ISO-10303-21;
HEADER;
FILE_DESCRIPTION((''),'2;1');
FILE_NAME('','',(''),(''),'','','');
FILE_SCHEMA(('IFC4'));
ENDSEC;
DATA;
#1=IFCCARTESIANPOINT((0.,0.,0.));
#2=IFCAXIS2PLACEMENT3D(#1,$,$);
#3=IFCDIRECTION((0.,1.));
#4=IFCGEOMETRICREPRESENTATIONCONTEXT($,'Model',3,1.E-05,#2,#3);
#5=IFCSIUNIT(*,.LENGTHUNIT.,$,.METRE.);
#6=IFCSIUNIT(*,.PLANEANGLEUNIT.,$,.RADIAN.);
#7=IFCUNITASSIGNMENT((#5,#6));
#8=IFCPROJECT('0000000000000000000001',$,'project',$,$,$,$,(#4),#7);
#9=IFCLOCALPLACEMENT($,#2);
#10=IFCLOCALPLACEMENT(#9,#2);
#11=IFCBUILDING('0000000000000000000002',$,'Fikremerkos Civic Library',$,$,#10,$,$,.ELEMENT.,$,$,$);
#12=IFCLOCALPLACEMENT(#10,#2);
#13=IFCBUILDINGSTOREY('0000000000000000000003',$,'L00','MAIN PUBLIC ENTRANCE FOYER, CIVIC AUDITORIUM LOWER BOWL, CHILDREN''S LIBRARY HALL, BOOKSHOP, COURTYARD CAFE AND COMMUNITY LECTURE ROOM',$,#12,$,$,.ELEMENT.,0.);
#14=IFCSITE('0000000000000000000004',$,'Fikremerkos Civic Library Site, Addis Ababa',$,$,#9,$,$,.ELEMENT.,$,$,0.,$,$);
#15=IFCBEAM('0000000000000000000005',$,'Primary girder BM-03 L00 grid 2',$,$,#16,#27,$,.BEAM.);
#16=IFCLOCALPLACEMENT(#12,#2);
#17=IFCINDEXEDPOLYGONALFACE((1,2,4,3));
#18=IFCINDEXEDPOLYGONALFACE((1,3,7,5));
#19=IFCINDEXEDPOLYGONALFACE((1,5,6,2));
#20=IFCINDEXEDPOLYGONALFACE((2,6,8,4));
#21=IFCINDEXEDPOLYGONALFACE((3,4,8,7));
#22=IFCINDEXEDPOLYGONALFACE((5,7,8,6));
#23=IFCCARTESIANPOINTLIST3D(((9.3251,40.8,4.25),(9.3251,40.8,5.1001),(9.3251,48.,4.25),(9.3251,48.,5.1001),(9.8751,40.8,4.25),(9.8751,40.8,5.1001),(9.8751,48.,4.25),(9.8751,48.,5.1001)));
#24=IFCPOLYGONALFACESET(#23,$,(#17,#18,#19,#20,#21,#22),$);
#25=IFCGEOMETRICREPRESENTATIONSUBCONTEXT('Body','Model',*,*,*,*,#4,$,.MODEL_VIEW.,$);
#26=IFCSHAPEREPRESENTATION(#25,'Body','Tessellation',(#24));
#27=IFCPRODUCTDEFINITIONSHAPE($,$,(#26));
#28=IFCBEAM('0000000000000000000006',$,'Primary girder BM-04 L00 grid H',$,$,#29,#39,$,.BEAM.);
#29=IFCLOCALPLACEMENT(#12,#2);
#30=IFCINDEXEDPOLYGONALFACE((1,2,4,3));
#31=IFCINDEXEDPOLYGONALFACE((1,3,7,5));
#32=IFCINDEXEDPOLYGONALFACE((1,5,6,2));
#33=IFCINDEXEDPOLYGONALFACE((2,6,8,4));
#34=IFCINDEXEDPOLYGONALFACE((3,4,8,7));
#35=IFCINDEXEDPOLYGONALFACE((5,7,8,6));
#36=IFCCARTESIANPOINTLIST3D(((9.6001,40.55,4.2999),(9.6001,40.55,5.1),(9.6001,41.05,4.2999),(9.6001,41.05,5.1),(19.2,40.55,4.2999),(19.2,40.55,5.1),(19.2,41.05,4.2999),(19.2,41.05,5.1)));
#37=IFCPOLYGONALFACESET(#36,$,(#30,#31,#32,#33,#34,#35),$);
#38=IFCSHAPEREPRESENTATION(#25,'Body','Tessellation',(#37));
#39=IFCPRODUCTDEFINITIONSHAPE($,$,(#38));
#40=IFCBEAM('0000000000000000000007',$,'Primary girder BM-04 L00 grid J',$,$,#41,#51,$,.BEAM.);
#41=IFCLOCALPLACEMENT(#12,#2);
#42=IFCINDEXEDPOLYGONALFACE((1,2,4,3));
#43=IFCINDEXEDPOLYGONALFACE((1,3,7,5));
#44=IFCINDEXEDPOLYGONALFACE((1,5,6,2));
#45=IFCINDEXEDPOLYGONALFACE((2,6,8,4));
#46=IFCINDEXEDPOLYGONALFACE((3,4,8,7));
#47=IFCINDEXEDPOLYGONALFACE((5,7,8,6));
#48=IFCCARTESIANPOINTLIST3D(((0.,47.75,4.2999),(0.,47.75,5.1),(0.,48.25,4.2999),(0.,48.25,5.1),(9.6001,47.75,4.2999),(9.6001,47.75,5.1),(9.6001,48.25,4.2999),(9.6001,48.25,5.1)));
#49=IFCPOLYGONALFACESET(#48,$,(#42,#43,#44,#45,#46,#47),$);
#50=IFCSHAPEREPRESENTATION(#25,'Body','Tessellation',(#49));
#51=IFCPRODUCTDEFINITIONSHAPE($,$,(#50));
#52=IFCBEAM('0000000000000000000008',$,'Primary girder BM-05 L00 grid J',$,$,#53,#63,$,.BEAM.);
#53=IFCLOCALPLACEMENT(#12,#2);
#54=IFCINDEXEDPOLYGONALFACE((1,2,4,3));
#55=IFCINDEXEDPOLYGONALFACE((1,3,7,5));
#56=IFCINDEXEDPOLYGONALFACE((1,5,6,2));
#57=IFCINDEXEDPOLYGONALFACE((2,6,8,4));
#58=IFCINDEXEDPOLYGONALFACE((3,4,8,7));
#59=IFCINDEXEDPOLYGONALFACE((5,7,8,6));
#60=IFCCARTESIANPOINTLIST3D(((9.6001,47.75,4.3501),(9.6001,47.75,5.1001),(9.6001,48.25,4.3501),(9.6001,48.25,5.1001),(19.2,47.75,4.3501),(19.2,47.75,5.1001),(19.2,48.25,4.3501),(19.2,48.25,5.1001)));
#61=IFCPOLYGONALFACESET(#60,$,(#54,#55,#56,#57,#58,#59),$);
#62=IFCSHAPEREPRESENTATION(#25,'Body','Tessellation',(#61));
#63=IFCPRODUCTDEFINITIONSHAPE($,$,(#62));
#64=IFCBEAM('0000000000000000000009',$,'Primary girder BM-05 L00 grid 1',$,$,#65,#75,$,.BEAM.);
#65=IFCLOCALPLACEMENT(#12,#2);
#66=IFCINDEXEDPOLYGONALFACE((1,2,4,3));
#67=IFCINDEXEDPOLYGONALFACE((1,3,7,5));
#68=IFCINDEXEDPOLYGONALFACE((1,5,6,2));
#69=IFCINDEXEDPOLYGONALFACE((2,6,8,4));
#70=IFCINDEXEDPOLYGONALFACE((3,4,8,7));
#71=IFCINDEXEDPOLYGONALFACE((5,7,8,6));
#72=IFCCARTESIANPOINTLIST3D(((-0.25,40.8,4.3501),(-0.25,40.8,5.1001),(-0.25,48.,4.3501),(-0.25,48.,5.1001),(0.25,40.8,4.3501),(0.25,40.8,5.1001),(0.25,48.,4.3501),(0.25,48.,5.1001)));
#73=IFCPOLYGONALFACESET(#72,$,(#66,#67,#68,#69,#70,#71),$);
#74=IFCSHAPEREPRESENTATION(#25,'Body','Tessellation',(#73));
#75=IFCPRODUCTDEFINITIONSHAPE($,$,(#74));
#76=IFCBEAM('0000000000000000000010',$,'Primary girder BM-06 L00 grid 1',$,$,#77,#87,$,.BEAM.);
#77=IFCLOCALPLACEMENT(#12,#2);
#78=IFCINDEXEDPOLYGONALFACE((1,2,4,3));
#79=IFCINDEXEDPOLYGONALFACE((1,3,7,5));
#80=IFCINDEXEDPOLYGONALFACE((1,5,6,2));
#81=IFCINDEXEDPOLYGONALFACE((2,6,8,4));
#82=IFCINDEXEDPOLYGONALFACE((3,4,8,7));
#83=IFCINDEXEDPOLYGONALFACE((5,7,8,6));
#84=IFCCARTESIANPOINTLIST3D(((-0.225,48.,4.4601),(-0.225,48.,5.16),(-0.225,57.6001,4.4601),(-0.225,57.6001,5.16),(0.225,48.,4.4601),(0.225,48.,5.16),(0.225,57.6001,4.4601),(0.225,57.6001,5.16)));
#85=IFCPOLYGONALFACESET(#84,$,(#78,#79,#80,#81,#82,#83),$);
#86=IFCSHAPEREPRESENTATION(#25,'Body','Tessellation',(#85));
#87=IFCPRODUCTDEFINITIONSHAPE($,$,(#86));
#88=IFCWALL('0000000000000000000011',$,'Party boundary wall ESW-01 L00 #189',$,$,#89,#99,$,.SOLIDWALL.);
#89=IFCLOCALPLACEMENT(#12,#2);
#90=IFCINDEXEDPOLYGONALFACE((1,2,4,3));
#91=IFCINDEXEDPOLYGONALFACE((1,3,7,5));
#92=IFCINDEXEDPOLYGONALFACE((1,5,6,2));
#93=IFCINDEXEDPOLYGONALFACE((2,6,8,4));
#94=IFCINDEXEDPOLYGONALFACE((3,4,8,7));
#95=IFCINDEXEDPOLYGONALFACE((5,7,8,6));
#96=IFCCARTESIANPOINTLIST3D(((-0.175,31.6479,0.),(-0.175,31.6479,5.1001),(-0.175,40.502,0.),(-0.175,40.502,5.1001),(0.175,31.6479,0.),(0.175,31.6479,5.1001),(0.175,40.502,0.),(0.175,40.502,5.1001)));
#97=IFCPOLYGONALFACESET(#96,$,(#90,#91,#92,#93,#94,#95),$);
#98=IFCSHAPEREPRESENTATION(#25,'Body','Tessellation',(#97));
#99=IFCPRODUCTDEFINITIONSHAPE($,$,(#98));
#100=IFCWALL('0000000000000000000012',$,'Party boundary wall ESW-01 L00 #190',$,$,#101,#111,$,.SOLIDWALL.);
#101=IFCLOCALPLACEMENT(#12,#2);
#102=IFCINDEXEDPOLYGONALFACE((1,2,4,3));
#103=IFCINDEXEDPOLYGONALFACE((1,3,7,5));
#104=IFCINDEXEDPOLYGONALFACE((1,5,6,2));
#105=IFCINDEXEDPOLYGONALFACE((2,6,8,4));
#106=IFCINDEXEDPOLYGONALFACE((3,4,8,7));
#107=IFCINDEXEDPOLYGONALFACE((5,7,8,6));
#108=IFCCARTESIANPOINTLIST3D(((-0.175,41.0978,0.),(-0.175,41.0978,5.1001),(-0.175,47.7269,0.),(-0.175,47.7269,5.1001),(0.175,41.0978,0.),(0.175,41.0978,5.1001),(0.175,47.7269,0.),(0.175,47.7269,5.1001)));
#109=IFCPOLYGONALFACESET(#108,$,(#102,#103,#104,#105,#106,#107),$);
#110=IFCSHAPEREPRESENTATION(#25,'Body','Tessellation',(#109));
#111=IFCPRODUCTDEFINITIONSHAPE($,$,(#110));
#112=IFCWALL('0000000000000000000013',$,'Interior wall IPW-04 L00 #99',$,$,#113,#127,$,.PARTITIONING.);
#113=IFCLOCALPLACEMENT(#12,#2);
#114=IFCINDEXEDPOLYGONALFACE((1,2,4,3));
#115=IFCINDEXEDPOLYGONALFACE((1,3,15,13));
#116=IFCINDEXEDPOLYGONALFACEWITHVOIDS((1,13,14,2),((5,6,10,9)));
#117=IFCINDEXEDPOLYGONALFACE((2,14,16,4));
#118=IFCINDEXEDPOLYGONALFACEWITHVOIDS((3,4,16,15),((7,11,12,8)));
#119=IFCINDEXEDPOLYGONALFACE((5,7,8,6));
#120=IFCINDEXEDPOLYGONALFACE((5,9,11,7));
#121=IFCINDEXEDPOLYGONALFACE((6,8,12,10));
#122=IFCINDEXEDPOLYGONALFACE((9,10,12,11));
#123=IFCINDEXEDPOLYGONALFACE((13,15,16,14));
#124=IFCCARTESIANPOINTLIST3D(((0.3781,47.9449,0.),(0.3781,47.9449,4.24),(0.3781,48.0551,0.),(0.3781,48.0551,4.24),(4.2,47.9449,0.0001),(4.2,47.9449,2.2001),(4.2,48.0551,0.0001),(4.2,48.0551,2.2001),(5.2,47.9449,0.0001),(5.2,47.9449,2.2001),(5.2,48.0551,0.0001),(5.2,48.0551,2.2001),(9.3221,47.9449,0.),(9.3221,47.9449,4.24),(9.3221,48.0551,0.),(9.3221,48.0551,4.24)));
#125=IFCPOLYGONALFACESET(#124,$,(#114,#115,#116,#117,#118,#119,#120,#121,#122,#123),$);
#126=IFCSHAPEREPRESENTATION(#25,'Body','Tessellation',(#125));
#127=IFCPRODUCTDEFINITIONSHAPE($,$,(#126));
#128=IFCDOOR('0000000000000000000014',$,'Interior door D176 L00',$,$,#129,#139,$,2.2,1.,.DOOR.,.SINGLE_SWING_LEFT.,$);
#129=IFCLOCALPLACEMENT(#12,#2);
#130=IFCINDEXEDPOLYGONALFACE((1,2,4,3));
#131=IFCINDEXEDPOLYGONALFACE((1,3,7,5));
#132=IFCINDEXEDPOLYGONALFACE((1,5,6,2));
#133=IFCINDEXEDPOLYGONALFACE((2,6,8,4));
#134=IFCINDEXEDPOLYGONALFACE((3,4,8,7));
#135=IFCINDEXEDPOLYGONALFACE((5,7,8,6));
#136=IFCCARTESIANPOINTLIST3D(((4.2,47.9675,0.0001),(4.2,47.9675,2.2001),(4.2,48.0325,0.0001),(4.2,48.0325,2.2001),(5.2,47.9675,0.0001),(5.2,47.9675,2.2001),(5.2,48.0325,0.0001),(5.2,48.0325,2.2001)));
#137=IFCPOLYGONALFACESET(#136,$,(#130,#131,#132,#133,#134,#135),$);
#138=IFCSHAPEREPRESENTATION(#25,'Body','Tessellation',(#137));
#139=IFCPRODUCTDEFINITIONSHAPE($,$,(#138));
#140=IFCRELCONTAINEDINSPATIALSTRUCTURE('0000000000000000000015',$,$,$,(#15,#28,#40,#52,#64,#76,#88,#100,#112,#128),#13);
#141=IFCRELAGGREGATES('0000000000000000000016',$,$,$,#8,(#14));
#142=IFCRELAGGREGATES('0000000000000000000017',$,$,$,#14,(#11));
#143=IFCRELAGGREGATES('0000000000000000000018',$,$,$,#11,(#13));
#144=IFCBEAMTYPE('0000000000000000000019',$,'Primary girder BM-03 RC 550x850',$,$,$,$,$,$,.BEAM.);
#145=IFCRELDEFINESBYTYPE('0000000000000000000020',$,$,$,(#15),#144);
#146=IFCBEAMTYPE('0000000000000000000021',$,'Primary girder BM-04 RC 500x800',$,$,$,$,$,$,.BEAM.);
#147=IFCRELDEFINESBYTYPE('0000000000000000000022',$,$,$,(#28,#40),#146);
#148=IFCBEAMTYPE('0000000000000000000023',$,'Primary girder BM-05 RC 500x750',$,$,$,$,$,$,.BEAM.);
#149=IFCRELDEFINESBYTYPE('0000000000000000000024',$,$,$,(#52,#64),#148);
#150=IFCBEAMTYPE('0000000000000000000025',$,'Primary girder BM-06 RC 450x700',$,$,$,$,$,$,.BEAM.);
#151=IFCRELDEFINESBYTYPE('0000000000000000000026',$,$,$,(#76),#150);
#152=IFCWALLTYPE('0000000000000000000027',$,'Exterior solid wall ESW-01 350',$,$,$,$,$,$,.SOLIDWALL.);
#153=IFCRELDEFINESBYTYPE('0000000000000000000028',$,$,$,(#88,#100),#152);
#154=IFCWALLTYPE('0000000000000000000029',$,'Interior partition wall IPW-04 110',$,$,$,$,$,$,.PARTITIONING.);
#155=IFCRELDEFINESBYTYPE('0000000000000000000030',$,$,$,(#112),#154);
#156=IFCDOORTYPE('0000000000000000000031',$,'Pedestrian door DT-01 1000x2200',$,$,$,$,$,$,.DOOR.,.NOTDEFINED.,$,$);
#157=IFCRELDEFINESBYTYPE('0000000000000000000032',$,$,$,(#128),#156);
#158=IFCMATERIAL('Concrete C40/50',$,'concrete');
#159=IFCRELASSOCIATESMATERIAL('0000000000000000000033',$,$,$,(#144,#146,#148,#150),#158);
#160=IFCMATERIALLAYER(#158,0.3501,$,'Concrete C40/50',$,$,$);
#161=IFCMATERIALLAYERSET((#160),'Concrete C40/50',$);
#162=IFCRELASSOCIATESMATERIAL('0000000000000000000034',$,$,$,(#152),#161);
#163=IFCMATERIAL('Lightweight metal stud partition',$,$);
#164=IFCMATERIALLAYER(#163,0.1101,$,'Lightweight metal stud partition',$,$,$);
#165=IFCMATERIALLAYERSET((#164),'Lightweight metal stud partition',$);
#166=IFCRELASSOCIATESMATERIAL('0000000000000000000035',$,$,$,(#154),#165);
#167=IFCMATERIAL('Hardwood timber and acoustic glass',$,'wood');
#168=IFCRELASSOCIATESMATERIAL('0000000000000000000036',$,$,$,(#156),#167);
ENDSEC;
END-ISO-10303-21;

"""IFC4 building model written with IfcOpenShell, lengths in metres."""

from ifc_helpers import new_model, si_unit, direction, frame, frame_2d, origin, origin_2d, place, context, subcontext, project, spatial, rectangle, extrude, material, layer, layer_set, material_profile, profile_set, type_object, element, fill, save


model = new_model("IFC4")

# Units and contexts
model_context = context("Model", 3, precision=1e-05, world=origin(), true_north=direction((0.0, 1.0)))
body_context = subcontext(model_context, "Body", "Model", "MODEL_VIEW")
ifc_project = project(units=[si_unit("LENGTHUNIT", "METRE"), si_unit("PLANEANGLEUNIT", "RADIAN")], contexts=[model_context])

# Site, building, storey
site_placement = place(None, origin())
site = spatial("IfcSite", under=ifc_project, at=site_placement, Name="Fikremerkos Civic Library Site, Addis Ababa", CompositionType="ELEMENT", RefElevation=0.0)
building_placement = place(site_placement, origin())
building = spatial("IfcBuilding", under=site, at=building_placement, Name="Fikremerkos Civic Library", CompositionType="ELEMENT")
storey_placement = place(building_placement, origin())
storey = spatial("IfcBuildingStorey", under=building, at=storey_placement, Name="L00", Description="MAIN PUBLIC ENTRANCE FOYER, CIVIC AUDITORIUM LOWER BOWL, CHILDREN'S LIBRARY HALL, BOOKSHOP, COURTYARD CAFE AND COMMUNITY LECTURE ROOM", CompositionType="ELEMENT", Elevation=0.0)

# Shared definitions
ifc_material_1 = material(Name="Concrete C40/50", Category="concrete")

# Beams
ifc_material_profile_1 = material_profile(ifc_material_1, rectangle(XDim=0.55, YDim=0.8501, at=origin_2d()), Name="RC 550x850")
ifc_profile_set_1 = profile_set([ifc_material_profile_1], Name="Concrete C40/50")
beam_type_1 = type_object("IfcBeamType", Name="Primary girder BM-03 RC 550x850", PredefinedType="BEAM", material=ifc_profile_set_1)
beam_1_placement = place(storey_placement, frame((9.6001, 40.8, 4.675), z_axis=(0.0, 1.0, 0.0), x_axis=(-1.0, 0.0, 0.0)))
element("IfcBeam", 1, at=beam_1_placement, inside=storey, type_object=beam_type_1, Name="Primary girder BM-03 L00 grid 2", PredefinedType="BEAM", context=body_context, shape_type="SweptSolid", body=[
    extrude(rectangle(XDim=0.55, YDim=0.8501, at=origin_2d()), origin(), (0.0, 0.0, 1.0), 7.2),
])
ifc_material_profile_2 = material_profile(ifc_material_1, rectangle(XDim=0.5, YDim=0.8, at=origin_2d()), Name="RC 500x800")
ifc_profile_set_2 = profile_set([ifc_material_profile_2], Name="Concrete C40/50")
beam_type_2 = type_object("IfcBeamType", Name="Primary girder BM-04 RC 500x800", PredefinedType="BEAM", material=ifc_profile_set_2)
beam_2_placement = place(storey_placement, frame((9.6001, 40.8, 4.7), z_axis=(1.0, 0.0, 0.0), x_axis=(0.0, 1.0, 0.0)))
element("IfcBeam", 2, at=beam_2_placement, inside=storey, type_object=beam_type_2, Name="Primary girder BM-04 L00 grid H", PredefinedType="BEAM", context=body_context, shape_type="SweptSolid", body=[
    extrude(rectangle(XDim=0.5, YDim=0.8, at=origin_2d()), origin(), (0.0, 0.0, 1.0), 9.5999),
])
beam_3_placement = place(storey_placement, frame((0.0, 48.0, 4.7), z_axis=(1.0, 0.0, 0.0), x_axis=(0.0, 1.0, 0.0)))
element("IfcBeam", 3, at=beam_3_placement, inside=storey, type_object=beam_type_2, Name="Primary girder BM-04 L00 grid J", PredefinedType="BEAM", context=body_context, shape_type="SweptSolid", body=[
    extrude(rectangle(XDim=0.5, YDim=0.8, at=origin_2d()), origin(), (0.0, 0.0, 1.0), 9.6001),
])
ifc_material_profile_3 = material_profile(ifc_material_1, rectangle(XDim=0.5, YDim=0.75, at=origin_2d()), Name="RC 500x750")
ifc_profile_set_3 = profile_set([ifc_material_profile_3], Name="Concrete C40/50")
beam_type_3 = type_object("IfcBeamType", Name="Primary girder BM-05 RC 500x750", PredefinedType="BEAM", material=ifc_profile_set_3)
beam_4_placement = place(storey_placement, frame((9.6001, 48.0, 4.7251), z_axis=(1.0, 0.0, 0.0), x_axis=(0.0, 1.0, 0.0)))
element("IfcBeam", 4, at=beam_4_placement, inside=storey, type_object=beam_type_3, Name="Primary girder BM-05 L00 grid J", PredefinedType="BEAM", context=body_context, shape_type="SweptSolid", body=[
    extrude(rectangle(XDim=0.5, YDim=0.75, at=origin_2d()), origin(), (0.0, 0.0, 1.0), 9.5999),
])
beam_5_placement = place(storey_placement, frame((0.0, 40.8, 4.7251), z_axis=(0.0, 1.0, 0.0), x_axis=(-1.0, 0.0, 0.0)))
element("IfcBeam", 5, at=beam_5_placement, inside=storey, type_object=beam_type_3, Name="Primary girder BM-05 L00 grid 1", PredefinedType="BEAM", context=body_context, shape_type="SweptSolid", body=[
    extrude(rectangle(XDim=0.5, YDim=0.75, at=origin_2d()), origin(), (0.0, 0.0, 1.0), 7.2),
])
ifc_material_profile_4 = material_profile(ifc_material_1, rectangle(XDim=0.45, YDim=0.7, at=origin_2d()), Name="RC 450x700")
ifc_profile_set_4 = profile_set([ifc_material_profile_4], Name="Concrete C40/50")
beam_type_4 = type_object("IfcBeamType", Name="Primary girder BM-06 RC 450x700", PredefinedType="BEAM", material=ifc_profile_set_4)
beam_6_placement = place(storey_placement, frame((0.0, 48.0, 4.8101), z_axis=(0.0, 1.0, 0.0), x_axis=(-1.0, 0.0, 0.0)))
element("IfcBeam", 6, at=beam_6_placement, inside=storey, type_object=beam_type_4, Name="Primary girder BM-06 L00 grid 1", PredefinedType="BEAM", context=body_context, shape_type="SweptSolid", body=[
    extrude(rectangle(XDim=0.45, YDim=0.7, at=origin_2d()), origin(), (0.0, 0.0, 1.0), 9.6001),
])

# Walls
ifc_layer_1 = layer(ifc_material_1, 0.3501, Name="Concrete C40/50")
ifc_layer_set_1 = layer_set([ifc_layer_1], Name="Concrete C40/50")
wall_type_1 = type_object("IfcWallType", Name="Exterior solid wall ESW-01 350", PredefinedType="SOLIDWALL", material=ifc_layer_set_1)
wall_1_placement = place(storey_placement, frame((0.0, 31.6479, 0.0), z_axis=(0.0, 0.0, 1.0), x_axis=(0.0, 1.0, 0.0)))
element("IfcWall", 7, at=wall_1_placement, inside=storey, type_object=wall_type_1, Name="Party boundary wall ESW-01 L00 #189", PredefinedType="SOLIDWALL", context=body_context, shape_type="SweptSolid", body=[
    extrude(rectangle(XDim=8.854, YDim=0.3501, at=frame_2d((4.427, 0.0))), origin(), (0.0, 0.0, 1.0), 5.1001),
])
wall_2_placement = place(storey_placement, frame((0.0, 41.0979, 0.0), z_axis=(0.0, 0.0, 1.0), x_axis=(0.0, 1.0, 0.0)))
element("IfcWall", 8, at=wall_2_placement, inside=storey, type_object=wall_type_1, Name="Party boundary wall ESW-01 L00 #190", PredefinedType="SOLIDWALL", context=body_context, shape_type="SweptSolid", body=[
    extrude(rectangle(XDim=6.6292, YDim=0.3501, at=frame_2d((3.3145, 0.0))), origin(), (0.0, 0.0, 1.0), 5.1001),
])

# Wall, opening, door
ifc_material_2 = material(Name="Lightweight metal stud partition")
ifc_layer_2 = layer(ifc_material_2, 0.1101, Name="Lightweight metal stud partition")
ifc_layer_set_2 = layer_set([ifc_layer_2], Name="Lightweight metal stud partition")
wall_type_2 = type_object("IfcWallType", Name="Interior partition wall IPW-04 110", PredefinedType="PARTITIONING", material=ifc_layer_set_2)
wall_3_placement = place(storey_placement, frame((0.3779, 48.0, 0.0), z_axis=(0.0, 0.0, 1.0), x_axis=(1.0, 0.0, 0.0)))
wall_3 = element("IfcWall", 9, at=wall_3_placement, inside=storey, type_object=wall_type_2, Name="Interior wall IPW-04 L00 #99", PredefinedType="PARTITIONING", context=body_context, shape_type="SweptSolid", body=[
    extrude(rectangle(XDim=8.9441, YDim=0.1101, at=frame_2d((4.4722, 0.0))), origin(), (0.0, 0.0, 1.0), 4.24),
])
opening_placement = place(wall_3_placement, frame((3.822, 0.0, 0.0)))
opening = element("IfcOpeningElement", 10, at=opening_placement, cuts=wall_3, PredefinedType="OPENING", context=body_context, shape_type="SweptSolid", body=[
    extrude(rectangle(XDim=1.0, YDim=2.2, at=frame_2d((0.5, 1.1001))), frame((0.0, 0.0649, 0.0), z_axis=(0.0, -1.0, 0.0), x_axis=(1.0, 0.0, 0.0)), (0.0, 0.0, 1.0), 0.1301),
])
ifc_material_3 = material(Name="Hardwood timber and acoustic glass", Category="wood")
door_type = type_object("IfcDoorType", Name="Pedestrian door DT-01 1000x2200", OperationType="NOTDEFINED", PredefinedType="DOOR", material=ifc_material_3)
door_placement = place(opening_placement, origin())
door = element("IfcDoor", 11, at=door_placement, inside=storey, type_object=door_type, Name="Interior door D176 L00", OperationType="SINGLE_SWING_LEFT", OverallHeight=2.2, OverallWidth=1.0, PredefinedType="DOOR", context=body_context, shape_type="SweptSolid", body=[
    extrude(rectangle(XDim=1.0, YDim=2.2, at=frame_2d((0.5, 1.1001))), frame((0.0, 0.0325, 0.0), z_axis=(0.0, -1.0, 0.0), x_axis=(1.0, 0.0, 0.0)), (0.0, 0.0, 1.0), 0.0649),
])
fill(opening, door)

save(model, "model.ifc")
